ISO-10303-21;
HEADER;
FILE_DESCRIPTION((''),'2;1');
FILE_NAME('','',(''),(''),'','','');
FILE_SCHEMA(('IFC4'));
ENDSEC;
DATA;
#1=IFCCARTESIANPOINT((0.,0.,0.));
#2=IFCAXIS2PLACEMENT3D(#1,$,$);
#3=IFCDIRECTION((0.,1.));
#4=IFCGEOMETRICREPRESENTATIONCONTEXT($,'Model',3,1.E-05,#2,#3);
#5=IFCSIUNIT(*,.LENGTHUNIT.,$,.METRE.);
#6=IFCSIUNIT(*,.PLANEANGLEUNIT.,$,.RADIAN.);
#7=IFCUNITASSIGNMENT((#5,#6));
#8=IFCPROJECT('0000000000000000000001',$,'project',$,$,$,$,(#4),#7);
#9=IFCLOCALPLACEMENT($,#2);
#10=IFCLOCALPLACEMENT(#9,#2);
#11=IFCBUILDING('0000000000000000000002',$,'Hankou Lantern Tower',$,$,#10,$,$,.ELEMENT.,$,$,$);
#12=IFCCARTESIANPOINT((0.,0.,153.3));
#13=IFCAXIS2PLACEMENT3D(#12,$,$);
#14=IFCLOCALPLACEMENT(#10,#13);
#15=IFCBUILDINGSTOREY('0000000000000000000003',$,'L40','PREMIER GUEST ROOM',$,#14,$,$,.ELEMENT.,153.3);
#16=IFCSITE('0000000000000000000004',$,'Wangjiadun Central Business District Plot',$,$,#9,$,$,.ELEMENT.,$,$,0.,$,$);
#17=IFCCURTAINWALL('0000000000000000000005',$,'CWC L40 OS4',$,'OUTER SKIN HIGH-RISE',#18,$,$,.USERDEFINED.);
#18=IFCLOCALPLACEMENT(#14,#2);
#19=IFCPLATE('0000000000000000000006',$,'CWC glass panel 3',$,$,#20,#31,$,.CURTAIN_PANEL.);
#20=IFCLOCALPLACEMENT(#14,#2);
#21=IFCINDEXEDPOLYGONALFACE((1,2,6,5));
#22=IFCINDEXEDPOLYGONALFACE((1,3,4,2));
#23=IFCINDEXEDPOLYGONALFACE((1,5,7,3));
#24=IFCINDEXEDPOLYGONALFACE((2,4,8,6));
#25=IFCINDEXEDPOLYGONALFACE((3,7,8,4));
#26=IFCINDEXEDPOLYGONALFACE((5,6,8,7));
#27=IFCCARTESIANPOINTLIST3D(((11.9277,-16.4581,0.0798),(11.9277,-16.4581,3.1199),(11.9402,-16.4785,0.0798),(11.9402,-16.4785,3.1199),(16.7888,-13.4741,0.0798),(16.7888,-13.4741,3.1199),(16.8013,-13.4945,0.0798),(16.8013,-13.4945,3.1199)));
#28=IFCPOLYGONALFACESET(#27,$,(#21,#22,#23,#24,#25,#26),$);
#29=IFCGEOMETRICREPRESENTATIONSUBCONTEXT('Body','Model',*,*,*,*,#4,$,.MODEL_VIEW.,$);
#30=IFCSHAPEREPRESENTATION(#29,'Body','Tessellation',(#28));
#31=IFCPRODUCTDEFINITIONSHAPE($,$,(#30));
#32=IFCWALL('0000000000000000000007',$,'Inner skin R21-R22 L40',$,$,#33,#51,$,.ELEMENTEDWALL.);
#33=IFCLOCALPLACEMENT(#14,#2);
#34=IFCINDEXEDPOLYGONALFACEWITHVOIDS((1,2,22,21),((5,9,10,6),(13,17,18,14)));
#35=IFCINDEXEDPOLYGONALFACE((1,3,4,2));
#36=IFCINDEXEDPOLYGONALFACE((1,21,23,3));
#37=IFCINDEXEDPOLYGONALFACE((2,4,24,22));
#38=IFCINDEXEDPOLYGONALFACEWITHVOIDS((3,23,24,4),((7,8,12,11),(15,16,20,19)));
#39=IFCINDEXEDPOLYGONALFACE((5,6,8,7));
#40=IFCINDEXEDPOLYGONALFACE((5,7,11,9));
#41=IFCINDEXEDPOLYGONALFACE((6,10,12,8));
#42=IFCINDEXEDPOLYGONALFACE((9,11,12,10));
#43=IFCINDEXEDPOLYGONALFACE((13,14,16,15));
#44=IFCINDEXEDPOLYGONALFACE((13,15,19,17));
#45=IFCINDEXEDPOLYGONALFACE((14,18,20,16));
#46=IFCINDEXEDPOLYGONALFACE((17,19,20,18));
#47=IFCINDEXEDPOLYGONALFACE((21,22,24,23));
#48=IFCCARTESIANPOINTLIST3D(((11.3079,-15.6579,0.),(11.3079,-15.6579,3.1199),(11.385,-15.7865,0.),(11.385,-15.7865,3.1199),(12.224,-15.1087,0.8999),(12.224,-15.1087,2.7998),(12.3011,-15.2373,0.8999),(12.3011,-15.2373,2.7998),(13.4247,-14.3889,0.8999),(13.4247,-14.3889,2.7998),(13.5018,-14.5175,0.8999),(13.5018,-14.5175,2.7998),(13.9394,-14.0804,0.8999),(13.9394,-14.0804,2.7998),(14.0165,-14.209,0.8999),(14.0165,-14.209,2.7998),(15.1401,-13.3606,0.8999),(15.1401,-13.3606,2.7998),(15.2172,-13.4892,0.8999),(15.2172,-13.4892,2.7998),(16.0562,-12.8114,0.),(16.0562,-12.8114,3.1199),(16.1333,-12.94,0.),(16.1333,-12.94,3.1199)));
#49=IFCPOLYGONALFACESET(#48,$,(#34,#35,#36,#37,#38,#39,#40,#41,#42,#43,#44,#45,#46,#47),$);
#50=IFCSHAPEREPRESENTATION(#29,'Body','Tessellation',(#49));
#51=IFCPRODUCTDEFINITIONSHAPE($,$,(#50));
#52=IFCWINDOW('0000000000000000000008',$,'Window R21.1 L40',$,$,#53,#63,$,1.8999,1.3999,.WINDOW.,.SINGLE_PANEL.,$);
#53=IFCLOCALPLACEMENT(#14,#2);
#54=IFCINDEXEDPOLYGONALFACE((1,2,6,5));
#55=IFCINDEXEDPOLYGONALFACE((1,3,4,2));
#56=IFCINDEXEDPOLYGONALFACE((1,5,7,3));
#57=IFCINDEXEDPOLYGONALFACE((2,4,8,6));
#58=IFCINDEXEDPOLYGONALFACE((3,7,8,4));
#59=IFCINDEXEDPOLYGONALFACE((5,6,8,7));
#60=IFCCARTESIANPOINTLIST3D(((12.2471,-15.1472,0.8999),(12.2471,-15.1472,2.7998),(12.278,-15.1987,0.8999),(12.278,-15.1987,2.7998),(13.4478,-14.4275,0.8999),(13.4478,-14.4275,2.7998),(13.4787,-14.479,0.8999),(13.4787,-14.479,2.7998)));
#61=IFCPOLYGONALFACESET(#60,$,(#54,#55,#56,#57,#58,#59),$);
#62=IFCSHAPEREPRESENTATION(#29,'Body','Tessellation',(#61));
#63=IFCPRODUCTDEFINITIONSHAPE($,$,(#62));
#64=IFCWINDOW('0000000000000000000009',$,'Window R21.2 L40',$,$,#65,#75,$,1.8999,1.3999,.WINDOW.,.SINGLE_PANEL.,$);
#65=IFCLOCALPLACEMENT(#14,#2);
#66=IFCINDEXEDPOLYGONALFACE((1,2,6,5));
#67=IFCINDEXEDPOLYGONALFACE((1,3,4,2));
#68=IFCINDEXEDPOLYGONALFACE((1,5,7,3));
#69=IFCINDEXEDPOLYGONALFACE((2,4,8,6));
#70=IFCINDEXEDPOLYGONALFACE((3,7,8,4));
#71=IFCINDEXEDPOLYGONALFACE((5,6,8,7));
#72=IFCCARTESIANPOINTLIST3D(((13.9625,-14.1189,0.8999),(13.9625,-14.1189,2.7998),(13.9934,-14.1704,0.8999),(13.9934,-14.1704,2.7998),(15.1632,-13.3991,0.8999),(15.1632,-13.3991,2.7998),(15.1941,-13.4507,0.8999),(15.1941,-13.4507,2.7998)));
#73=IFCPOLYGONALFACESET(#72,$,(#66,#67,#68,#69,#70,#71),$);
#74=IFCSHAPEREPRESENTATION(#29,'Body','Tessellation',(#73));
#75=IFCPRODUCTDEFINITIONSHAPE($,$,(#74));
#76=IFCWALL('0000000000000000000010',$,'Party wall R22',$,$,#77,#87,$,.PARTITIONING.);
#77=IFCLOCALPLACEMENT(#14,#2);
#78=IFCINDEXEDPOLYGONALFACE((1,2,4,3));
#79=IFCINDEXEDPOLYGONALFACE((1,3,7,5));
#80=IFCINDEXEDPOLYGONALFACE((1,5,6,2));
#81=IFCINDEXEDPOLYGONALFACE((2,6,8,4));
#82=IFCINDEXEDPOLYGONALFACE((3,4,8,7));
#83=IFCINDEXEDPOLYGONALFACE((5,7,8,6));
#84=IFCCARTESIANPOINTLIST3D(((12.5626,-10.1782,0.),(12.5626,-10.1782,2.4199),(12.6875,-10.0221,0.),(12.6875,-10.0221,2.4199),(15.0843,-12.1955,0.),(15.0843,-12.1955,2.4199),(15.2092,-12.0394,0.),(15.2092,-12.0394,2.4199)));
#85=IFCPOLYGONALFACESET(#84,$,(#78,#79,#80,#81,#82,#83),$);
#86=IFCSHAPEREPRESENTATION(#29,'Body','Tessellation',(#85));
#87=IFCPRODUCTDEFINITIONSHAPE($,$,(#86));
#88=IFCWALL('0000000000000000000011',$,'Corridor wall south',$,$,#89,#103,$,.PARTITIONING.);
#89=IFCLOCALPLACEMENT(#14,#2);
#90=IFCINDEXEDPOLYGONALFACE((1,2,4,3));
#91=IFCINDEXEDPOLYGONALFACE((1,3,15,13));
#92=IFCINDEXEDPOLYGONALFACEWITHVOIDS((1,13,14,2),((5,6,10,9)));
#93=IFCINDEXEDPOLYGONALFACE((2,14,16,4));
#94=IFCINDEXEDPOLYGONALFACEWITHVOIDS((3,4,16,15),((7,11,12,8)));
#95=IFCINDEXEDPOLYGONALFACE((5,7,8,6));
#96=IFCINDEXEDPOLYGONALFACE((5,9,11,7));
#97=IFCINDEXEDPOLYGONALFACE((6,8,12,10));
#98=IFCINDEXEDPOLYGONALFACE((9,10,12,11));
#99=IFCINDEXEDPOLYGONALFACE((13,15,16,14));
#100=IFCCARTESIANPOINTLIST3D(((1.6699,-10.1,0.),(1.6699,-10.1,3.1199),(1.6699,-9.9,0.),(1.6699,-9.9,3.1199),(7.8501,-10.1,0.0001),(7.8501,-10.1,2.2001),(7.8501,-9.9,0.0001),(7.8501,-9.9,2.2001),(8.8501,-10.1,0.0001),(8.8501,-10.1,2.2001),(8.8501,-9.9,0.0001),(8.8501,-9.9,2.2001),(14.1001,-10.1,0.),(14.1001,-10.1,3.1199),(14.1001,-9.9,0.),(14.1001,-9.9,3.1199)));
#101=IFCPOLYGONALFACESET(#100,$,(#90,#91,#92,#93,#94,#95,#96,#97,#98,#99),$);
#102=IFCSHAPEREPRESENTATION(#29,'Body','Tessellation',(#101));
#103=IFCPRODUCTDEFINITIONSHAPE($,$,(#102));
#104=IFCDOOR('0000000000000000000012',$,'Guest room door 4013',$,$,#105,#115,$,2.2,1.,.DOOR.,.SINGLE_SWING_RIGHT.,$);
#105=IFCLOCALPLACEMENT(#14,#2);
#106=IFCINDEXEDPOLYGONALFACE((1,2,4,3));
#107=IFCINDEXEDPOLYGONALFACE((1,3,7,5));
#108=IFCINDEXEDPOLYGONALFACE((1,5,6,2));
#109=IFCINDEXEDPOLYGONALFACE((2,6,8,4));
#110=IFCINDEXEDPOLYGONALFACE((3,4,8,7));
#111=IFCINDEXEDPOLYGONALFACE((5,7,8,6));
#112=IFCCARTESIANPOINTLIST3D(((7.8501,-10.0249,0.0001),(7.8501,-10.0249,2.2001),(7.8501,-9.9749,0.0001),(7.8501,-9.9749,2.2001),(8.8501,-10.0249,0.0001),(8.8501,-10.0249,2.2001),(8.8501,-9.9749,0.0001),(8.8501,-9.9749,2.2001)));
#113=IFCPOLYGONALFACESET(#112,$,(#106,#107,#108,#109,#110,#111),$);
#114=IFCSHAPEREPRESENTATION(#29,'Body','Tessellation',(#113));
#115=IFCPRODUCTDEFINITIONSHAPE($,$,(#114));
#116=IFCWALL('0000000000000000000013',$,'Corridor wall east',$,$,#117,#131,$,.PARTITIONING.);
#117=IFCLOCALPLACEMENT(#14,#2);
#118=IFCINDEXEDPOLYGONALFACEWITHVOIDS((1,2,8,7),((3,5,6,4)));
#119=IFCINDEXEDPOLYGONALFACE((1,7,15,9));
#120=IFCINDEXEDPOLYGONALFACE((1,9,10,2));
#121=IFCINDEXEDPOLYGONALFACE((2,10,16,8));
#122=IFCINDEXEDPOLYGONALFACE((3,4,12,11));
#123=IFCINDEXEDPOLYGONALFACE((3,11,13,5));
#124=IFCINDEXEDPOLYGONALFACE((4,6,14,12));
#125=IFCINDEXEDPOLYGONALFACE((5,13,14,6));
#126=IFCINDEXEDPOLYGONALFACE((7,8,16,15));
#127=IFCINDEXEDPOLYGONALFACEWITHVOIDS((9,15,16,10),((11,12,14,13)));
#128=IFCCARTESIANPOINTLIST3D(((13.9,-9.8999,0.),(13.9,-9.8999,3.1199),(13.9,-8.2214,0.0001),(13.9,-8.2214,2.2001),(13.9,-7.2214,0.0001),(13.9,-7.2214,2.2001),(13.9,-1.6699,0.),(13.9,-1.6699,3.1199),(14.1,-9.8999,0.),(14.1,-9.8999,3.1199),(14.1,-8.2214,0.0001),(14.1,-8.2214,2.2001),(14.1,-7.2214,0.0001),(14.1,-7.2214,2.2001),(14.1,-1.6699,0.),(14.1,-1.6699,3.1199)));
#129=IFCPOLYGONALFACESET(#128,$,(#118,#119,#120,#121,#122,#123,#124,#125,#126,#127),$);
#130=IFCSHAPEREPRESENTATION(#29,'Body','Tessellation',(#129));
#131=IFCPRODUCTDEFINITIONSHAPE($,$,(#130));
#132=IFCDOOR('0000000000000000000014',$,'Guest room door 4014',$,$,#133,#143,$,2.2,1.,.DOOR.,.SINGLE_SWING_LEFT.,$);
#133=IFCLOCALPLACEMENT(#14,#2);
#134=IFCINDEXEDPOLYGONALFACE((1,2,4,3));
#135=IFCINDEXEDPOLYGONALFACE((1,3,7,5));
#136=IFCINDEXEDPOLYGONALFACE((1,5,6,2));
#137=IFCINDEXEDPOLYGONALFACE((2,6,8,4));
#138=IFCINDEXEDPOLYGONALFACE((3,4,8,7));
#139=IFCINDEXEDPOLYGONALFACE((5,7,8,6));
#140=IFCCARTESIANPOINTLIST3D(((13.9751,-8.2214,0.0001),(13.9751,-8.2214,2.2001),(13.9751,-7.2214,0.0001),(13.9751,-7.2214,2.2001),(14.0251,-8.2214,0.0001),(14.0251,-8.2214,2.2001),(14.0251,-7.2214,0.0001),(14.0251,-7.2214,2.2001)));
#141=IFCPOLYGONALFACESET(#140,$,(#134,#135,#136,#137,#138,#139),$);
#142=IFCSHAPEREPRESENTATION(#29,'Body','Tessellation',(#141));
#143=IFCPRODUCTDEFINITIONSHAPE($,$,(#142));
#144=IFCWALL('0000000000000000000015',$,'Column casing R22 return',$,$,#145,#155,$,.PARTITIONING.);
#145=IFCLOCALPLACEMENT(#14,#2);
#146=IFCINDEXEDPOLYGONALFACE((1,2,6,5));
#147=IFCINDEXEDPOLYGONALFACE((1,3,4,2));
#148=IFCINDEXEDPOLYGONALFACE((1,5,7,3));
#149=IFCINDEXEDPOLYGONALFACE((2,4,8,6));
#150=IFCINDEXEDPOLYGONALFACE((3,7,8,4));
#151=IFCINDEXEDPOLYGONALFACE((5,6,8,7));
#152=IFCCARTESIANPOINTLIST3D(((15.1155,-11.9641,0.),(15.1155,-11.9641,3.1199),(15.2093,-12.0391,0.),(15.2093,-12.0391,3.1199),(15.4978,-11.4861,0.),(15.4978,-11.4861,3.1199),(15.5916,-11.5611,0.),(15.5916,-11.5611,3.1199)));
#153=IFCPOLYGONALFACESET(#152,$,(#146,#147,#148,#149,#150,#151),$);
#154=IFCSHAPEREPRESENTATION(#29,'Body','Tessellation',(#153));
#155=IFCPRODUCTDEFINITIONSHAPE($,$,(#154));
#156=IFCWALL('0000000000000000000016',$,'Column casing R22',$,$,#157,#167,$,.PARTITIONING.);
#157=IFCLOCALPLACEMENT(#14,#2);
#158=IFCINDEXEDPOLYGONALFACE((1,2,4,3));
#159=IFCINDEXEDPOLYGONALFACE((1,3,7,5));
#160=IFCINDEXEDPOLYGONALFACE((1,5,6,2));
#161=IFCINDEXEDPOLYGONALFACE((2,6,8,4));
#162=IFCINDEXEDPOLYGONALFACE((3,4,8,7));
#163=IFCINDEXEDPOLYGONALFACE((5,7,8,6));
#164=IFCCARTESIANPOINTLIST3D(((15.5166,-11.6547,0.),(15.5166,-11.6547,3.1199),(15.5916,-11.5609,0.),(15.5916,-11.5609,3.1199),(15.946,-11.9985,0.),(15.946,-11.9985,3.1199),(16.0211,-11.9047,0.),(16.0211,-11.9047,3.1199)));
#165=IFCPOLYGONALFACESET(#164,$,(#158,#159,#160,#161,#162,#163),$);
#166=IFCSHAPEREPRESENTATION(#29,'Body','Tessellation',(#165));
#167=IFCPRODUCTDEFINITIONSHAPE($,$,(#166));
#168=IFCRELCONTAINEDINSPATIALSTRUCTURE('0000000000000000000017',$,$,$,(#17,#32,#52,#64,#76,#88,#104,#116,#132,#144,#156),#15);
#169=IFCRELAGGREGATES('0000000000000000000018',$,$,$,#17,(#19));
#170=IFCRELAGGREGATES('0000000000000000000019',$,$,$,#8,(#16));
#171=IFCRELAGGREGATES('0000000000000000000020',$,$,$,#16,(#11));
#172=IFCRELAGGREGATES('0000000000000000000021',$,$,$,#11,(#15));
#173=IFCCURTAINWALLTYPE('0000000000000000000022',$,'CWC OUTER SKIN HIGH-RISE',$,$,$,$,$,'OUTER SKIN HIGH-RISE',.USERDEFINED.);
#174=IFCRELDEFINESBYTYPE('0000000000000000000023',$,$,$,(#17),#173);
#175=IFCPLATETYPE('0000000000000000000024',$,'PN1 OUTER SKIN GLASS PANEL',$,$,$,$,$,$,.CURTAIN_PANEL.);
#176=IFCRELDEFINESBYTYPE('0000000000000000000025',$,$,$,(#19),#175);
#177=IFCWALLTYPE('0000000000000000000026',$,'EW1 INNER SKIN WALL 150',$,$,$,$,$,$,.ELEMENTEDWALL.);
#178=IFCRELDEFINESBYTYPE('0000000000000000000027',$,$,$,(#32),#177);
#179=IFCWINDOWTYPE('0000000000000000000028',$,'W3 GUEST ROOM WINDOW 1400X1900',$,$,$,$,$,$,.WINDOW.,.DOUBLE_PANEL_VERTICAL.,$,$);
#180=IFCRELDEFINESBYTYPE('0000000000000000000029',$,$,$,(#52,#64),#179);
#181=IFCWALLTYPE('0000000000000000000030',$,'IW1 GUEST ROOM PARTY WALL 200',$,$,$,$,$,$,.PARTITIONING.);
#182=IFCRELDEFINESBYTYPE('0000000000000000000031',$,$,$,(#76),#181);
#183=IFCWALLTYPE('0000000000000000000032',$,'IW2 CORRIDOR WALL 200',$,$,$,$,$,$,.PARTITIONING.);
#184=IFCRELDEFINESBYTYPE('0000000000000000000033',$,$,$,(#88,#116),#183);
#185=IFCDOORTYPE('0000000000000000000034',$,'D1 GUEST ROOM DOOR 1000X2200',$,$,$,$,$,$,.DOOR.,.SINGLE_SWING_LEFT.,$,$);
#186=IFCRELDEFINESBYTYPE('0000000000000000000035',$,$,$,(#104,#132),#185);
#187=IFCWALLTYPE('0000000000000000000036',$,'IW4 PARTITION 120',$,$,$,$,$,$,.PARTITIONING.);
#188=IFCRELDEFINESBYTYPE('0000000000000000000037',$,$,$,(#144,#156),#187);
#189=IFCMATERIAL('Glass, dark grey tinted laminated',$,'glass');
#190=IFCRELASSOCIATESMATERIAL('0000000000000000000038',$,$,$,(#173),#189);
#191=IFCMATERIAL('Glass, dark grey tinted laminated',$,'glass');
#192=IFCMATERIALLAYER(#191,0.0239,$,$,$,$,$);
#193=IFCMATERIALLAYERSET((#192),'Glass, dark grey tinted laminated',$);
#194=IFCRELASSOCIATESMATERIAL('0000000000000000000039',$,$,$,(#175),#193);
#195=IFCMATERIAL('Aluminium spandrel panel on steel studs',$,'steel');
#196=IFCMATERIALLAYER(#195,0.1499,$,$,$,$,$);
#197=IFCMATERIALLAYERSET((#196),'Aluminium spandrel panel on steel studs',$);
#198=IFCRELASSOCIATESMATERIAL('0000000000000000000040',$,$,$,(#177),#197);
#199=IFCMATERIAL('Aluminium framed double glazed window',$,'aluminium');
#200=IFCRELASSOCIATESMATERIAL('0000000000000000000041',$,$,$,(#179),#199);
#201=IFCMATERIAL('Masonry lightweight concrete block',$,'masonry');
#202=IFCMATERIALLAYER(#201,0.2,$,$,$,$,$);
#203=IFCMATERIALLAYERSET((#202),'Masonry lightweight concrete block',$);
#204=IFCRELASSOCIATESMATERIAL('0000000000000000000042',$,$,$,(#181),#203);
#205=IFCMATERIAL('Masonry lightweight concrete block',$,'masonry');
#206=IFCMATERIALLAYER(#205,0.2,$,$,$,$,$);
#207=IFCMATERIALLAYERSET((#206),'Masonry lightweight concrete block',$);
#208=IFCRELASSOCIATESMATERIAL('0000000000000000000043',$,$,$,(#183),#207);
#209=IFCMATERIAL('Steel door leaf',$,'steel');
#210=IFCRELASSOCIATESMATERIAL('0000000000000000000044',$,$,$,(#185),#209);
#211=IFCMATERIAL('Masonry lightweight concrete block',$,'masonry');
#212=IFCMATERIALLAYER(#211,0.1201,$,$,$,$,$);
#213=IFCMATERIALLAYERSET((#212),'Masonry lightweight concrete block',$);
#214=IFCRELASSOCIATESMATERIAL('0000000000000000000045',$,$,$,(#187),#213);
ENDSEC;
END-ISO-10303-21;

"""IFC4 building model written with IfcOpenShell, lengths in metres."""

from ifc_helpers import new_model, si_unit, direction, frame, frame_2d, origin, origin_2d, place, context, subcontext, project, spatial, rectangle, extrude, material, layer, layer_set, type_object, element, fill, aggregate, save


model = new_model("IFC4")

# Units and contexts
model_context = context("Model", 3, precision=1e-05, world=origin(), true_north=direction((0.0, 1.0)))
body_context = subcontext(model_context, "Body", "Model", "MODEL_VIEW")
ifc_project = project(units=[si_unit("LENGTHUNIT", "METRE"), si_unit("PLANEANGLEUNIT", "RADIAN")], contexts=[model_context])

# Site, building, storey
site_placement = place(None, origin())
site = spatial("IfcSite", under=ifc_project, at=site_placement, Name="Wangjiadun Central Business District Plot", CompositionType="ELEMENT", RefElevation=0.0)
building_placement = place(site_placement, origin())
building = spatial("IfcBuilding", under=site, at=building_placement, Name="Hankou Lantern Tower", CompositionType="ELEMENT")
storey_placement = place(building_placement, frame((0.0, 0.0, 153.3)))
storey = spatial("IfcBuildingStorey", under=building, at=storey_placement, Name="L40", Description="PREMIER GUEST ROOM", CompositionType="ELEMENT", Elevation=153.3)

# Curtain wall
ifc_material_1 = material(Name="Glass, dark grey tinted laminated", Category="glass")
curtain_wall_type = type_object("IfcCurtainWallType", Name="CWC OUTER SKIN HIGH-RISE", ElementType="OUTER SKIN HIGH-RISE", PredefinedType="USERDEFINED", material=ifc_material_1)
curtain_wall_placement = place(storey_placement, origin())
curtain_wall = element("IfcCurtainWall", 1, at=curtain_wall_placement, inside=storey, type_object=curtain_wall_type, Name="CWC L40 OS4", ObjectType="OUTER SKIN HIGH-RISE", PredefinedType="USERDEFINED")

# Plate
ifc_material_2 = material(Name="Glass, dark grey tinted laminated", Category="glass")
ifc_layer_1 = layer(ifc_material_2, 0.0239)
ifc_layer_set_1 = layer_set([ifc_layer_1], Name="Glass, dark grey tinted laminated")
plate_type = type_object("IfcPlateType", Name="PN1 OUTER SKIN GLASS PANEL", PredefinedType="CURTAIN_PANEL", material=ifc_layer_set_1)
plate_placement = place(storey_placement, frame((14.3645, -14.9763, 0.0798), z_axis=(0.0, 0.0, 1.0), x_axis=(0.852237, 0.523156, 0.0)))
plate = element("IfcPlate", 2, at=plate_placement, type_object=plate_type, Name="CWC glass panel 3", PredefinedType="CURTAIN_PANEL", context=body_context, shape_type="SweptSolid", body=[
    extrude(rectangle(XDim=5.7039, YDim=0.0239, at=origin_2d()), origin(), (0.0, 0.0, 1.0), 3.04),
])
aggregate(curtain_wall, [plate])

# Wall, openings, windows
ifc_material_3 = material(Name="Aluminium spandrel panel on steel studs", Category="steel")
ifc_layer_2 = layer(ifc_material_3, 0.1499)
ifc_layer_set_2 = layer_set([ifc_layer_2], Name="Aluminium spandrel panel on steel studs")
wall_type_1 = type_object("IfcWallType", Name="EW1 INNER SKIN WALL 150", PredefinedType="ELEMENTEDWALL", material=ifc_layer_set_2)
wall_1_placement = place(storey_placement, frame((11.3464, -15.7222, 0.0), z_axis=(0.0, 0.0, 1.0), x_axis=(0.857695, 0.514158, 0.0)))
wall_1 = element("IfcWall", 3, at=wall_1_placement, inside=storey, type_object=wall_type_1, Name="Inner skin R21-R22 L40", PredefinedType="ELEMENTEDWALL", context=body_context, shape_type="SweptSolid", body=[
    extrude(rectangle(XDim=5.5361, YDim=0.1499, at=frame_2d((2.7681, 0.0))), origin(), (0.0, 0.0, 1.0), 3.1199),
])
opening_1_placement = place(wall_1_placement, frame((1.0681, 0.0, 0.8999)))
opening_1 = element("IfcOpeningElement", 4, at=opening_1_placement, cuts=wall_1, PredefinedType="OPENING", context=body_context, shape_type="SweptSolid", body=[
    extrude(rectangle(XDim=1.3999, YDim=1.8999, at=frame_2d((0.7, 0.95))), frame((0.0, 0.085, 0.0), z_axis=(0.0, -1.0, 0.0), x_axis=(1.0, 0.0, 0.0)), (0.0, 0.0, 1.0), 0.1699),
])
opening_2_placement = place(wall_1_placement, frame((3.0681, 0.0, 0.8999)))
opening_2 = element("IfcOpeningElement", 5, at=opening_2_placement, cuts=wall_1, PredefinedType="OPENING", context=body_context, shape_type="SweptSolid", body=[
    extrude(rectangle(XDim=1.3999, YDim=1.8999, at=frame_2d((0.7, 0.95))), frame((0.0, 0.085, 0.0), z_axis=(0.0, -1.0, 0.0), x_axis=(1.0, 0.0, 0.0)), (0.0, 0.0, 1.0), 0.1699),
])
ifc_material_4 = material(Name="Aluminium framed double glazed window", Category="aluminium")
window_type = type_object("IfcWindowType", Name="W3 GUEST ROOM WINDOW 1400X1900", PartitioningType="DOUBLE_PANEL_VERTICAL", PredefinedType="WINDOW", material=ifc_material_4)
window_1_placement = place(opening_1_placement, origin())
window_1 = element("IfcWindow", 6, at=window_1_placement, inside=storey, type_object=window_type, Name="Window R21.1 L40", OverallHeight=1.8999, OverallWidth=1.3999, PartitioningType="SINGLE_PANEL", PredefinedType="WINDOW", context=body_context, shape_type="SweptSolid", body=[
    extrude(rectangle(XDim=1.3999, YDim=1.8999, at=frame_2d((0.7, 0.95))), frame((0.0, 0.03, 0.0), z_axis=(0.0, -1.0, 0.0), x_axis=(1.0, 0.0, 0.0)), (0.0, 0.0, 1.0), 0.0601),
])
fill(opening_1, window_1)
window_2_placement = place(opening_2_placement, origin())
window_2 = element("IfcWindow", 7, at=window_2_placement, inside=storey, type_object=window_type, Name="Window R21.2 L40", OverallHeight=1.8999, OverallWidth=1.3999, PartitioningType="SINGLE_PANEL", PredefinedType="WINDOW", context=body_context, shape_type="SweptSolid", body=[
    extrude(rectangle(XDim=1.3999, YDim=1.8999, at=frame_2d((0.7, 0.95))), frame((0.0, 0.03, 0.0), z_axis=(0.0, -1.0, 0.0), x_axis=(1.0, 0.0, 0.0)), (0.0, 0.0, 1.0), 0.0601),
])
fill(opening_2, window_2)

# Wall
ifc_material_5 = material(Name="Masonry lightweight concrete block", Category="masonry")
ifc_layer_3 = layer(ifc_material_5, 0.2)
ifc_layer_set_3 = layer_set([ifc_layer_3], Name="Masonry lightweight concrete block")
wall_type_2 = type_object("IfcWallType", Name="IW1 GUEST ROOM PARTY WALL 200", PredefinedType="PARTITIONING", material=ifc_layer_set_3)
wall_2_placement = place(storey_placement, frame((12.625, -10.1001, 0.0), z_axis=(0.0, 0.0, 1.0), x_axis=(0.780876, -0.624686, 0.0)))
element("IfcWall", 8, at=wall_2_placement, inside=storey, type_object=wall_type_2, Name="Party wall R22", PredefinedType="PARTITIONING", context=body_context, shape_type="SweptSolid", body=[
    extrude(rectangle(XDim=3.2292, YDim=0.2, at=frame_2d((1.6147, 0.0))), origin(), (0.0, 0.0, 1.0), 2.4199),
])

# Walls, openings, doors
ifc_material_6 = material(Name="Masonry lightweight concrete block", Category="masonry")
ifc_layer_4 = layer(ifc_material_6, 0.2)
ifc_layer_set_4 = layer_set([ifc_layer_4], Name="Masonry lightweight concrete block")
wall_type_3 = type_object("IfcWallType", Name="IW2 CORRIDOR WALL 200", PredefinedType="PARTITIONING", material=ifc_layer_set_4)
wall_3_placement = place(storey_placement, frame((14.1001, -10.0, 0.0), z_axis=(0.0, 0.0, 1.0), x_axis=(-1.0, 0.0, 0.0)))
wall_3 = element("IfcWall", 9, at=wall_3_placement, inside=storey, type_object=wall_type_3, Name="Corridor wall south", PredefinedType="PARTITIONING", context=body_context, shape_type="SweptSolid", body=[
    extrude(rectangle(XDim=12.4302, YDim=0.2, at=frame_2d((6.2151, 0.0))), origin(), (0.0, 0.0, 1.0), 3.1199),
])
opening_3_placement = place(wall_3_placement, frame((5.25, 0.0, 0.0)))
opening_3 = element("IfcOpeningElement", 10, at=opening_3_placement, cuts=wall_3, PredefinedType="OPENING", context=body_context, shape_type="SweptSolid", body=[
    extrude(rectangle(XDim=1.0, YDim=2.2, at=frame_2d((0.5, 1.1001))), frame((0.0, 0.1099, 0.0), z_axis=(0.0, -1.0, 0.0), x_axis=(1.0, 0.0, 0.0)), (0.0, 0.0, 1.0), 0.22),
])
ifc_material_7 = material(Name="Steel door leaf", Category="steel")
door_type = type_object("IfcDoorType", Name="D1 GUEST ROOM DOOR 1000X2200", OperationType="SINGLE_SWING_LEFT", PredefinedType="DOOR", material=ifc_material_7)
door_1_placement = place(opening_3_placement, origin())
door_1 = element("IfcDoor", 11, at=door_1_placement, inside=storey, type_object=door_type, Name="Guest room door 4013", OperationType="SINGLE_SWING_RIGHT", OverallHeight=2.2, OverallWidth=1.0, PredefinedType="DOOR", context=body_context, shape_type="SweptSolid", body=[
    extrude(rectangle(XDim=1.0, YDim=2.2, at=frame_2d((0.5, 1.1001))), frame((0.0, 0.0249, 0.0), z_axis=(0.0, -1.0, 0.0), x_axis=(1.0, 0.0, 0.0)), (0.0, 0.0, 1.0), 0.05),
])
fill(opening_3, door_1)
wall_4_placement = place(storey_placement, frame((14.0, -9.8999, 0.0), z_axis=(0.0, 0.0, 1.0), x_axis=(0.0, 1.0, 0.0)))
wall_4 = element("IfcWall", 12, at=wall_4_placement, inside=storey, type_object=wall_type_3, Name="Corridor wall east", PredefinedType="PARTITIONING", context=body_context, shape_type="SweptSolid", body=[
    extrude(rectangle(XDim=8.23, YDim=0.2, at=frame_2d((4.115, 0.0))), origin(), (0.0, 0.0, 1.0), 3.1199),
])
opening_4_placement = place(wall_4_placement, frame((1.6785, 0.0, 0.0)))
opening_4 = element("IfcOpeningElement", 13, at=opening_4_placement, cuts=wall_4, PredefinedType="OPENING", context=body_context, shape_type="SweptSolid", body=[
    extrude(rectangle(XDim=1.0, YDim=2.2, at=frame_2d((0.5, 1.1001))), frame((0.0, 0.1099, 0.0), z_axis=(0.0, -1.0, 0.0), x_axis=(1.0, 0.0, 0.0)), (0.0, 0.0, 1.0), 0.22),
])
door_2_placement = place(opening_4_placement, origin())
door_2 = element("IfcDoor", 14, at=door_2_placement, inside=storey, type_object=door_type, Name="Guest room door 4014", OperationType="SINGLE_SWING_LEFT", OverallHeight=2.2, OverallWidth=1.0, PredefinedType="DOOR", context=body_context, shape_type="SweptSolid", body=[
    extrude(rectangle(XDim=1.0, YDim=2.2, at=frame_2d((0.5, 1.1001))), frame((0.0, 0.0249, 0.0), z_axis=(0.0, -1.0, 0.0), x_axis=(1.0, 0.0, 0.0)), (0.0, 0.0, 1.0), 0.05),
])
fill(opening_4, door_2)

# Walls
ifc_material_8 = material(Name="Masonry lightweight concrete block", Category="masonry")
ifc_layer_5 = layer(ifc_material_8, 0.1201)
ifc_layer_set_5 = layer_set([ifc_layer_5], Name="Masonry lightweight concrete block")
wall_type_4 = type_object("IfcWallType", Name="IW4 PARTITION 120", PredefinedType="PARTITIONING", material=ifc_layer_set_5)
wall_5_placement = place(storey_placement, frame((15.1624, -12.0017, 0.0), z_axis=(0.0, 0.0, 1.0), x_axis=(0.624598, 0.780947, 0.0)))
element("IfcWall", 15, at=wall_5_placement, inside=storey, type_object=wall_type_4, Name="Column casing R22 return", PredefinedType="PARTITIONING", context=body_context, shape_type="SweptSolid", body=[
    extrude(rectangle(XDim=0.6121, YDim=0.1201, at=frame_2d((0.3062, 0.0))), origin(), (0.0, 0.0, 1.0), 3.1199),
])
wall_6_placement = place(storey_placement, frame((15.5542, -11.6079, 0.0), z_axis=(0.0, 0.0, 1.0), x_axis=(0.780696, -0.624912, 0.0)))
element("IfcWall", 16, at=wall_6_placement, inside=storey, type_object=wall_type_4, Name="Column casing R22", PredefinedType="PARTITIONING", context=body_context, shape_type="SweptSolid", body=[
    extrude(rectangle(XDim=0.55, YDim=0.1201, at=frame_2d((0.2749, 0.0))), origin(), (0.0, 0.0, 1.0), 3.1199),
])

save(model, "model.ifc")
